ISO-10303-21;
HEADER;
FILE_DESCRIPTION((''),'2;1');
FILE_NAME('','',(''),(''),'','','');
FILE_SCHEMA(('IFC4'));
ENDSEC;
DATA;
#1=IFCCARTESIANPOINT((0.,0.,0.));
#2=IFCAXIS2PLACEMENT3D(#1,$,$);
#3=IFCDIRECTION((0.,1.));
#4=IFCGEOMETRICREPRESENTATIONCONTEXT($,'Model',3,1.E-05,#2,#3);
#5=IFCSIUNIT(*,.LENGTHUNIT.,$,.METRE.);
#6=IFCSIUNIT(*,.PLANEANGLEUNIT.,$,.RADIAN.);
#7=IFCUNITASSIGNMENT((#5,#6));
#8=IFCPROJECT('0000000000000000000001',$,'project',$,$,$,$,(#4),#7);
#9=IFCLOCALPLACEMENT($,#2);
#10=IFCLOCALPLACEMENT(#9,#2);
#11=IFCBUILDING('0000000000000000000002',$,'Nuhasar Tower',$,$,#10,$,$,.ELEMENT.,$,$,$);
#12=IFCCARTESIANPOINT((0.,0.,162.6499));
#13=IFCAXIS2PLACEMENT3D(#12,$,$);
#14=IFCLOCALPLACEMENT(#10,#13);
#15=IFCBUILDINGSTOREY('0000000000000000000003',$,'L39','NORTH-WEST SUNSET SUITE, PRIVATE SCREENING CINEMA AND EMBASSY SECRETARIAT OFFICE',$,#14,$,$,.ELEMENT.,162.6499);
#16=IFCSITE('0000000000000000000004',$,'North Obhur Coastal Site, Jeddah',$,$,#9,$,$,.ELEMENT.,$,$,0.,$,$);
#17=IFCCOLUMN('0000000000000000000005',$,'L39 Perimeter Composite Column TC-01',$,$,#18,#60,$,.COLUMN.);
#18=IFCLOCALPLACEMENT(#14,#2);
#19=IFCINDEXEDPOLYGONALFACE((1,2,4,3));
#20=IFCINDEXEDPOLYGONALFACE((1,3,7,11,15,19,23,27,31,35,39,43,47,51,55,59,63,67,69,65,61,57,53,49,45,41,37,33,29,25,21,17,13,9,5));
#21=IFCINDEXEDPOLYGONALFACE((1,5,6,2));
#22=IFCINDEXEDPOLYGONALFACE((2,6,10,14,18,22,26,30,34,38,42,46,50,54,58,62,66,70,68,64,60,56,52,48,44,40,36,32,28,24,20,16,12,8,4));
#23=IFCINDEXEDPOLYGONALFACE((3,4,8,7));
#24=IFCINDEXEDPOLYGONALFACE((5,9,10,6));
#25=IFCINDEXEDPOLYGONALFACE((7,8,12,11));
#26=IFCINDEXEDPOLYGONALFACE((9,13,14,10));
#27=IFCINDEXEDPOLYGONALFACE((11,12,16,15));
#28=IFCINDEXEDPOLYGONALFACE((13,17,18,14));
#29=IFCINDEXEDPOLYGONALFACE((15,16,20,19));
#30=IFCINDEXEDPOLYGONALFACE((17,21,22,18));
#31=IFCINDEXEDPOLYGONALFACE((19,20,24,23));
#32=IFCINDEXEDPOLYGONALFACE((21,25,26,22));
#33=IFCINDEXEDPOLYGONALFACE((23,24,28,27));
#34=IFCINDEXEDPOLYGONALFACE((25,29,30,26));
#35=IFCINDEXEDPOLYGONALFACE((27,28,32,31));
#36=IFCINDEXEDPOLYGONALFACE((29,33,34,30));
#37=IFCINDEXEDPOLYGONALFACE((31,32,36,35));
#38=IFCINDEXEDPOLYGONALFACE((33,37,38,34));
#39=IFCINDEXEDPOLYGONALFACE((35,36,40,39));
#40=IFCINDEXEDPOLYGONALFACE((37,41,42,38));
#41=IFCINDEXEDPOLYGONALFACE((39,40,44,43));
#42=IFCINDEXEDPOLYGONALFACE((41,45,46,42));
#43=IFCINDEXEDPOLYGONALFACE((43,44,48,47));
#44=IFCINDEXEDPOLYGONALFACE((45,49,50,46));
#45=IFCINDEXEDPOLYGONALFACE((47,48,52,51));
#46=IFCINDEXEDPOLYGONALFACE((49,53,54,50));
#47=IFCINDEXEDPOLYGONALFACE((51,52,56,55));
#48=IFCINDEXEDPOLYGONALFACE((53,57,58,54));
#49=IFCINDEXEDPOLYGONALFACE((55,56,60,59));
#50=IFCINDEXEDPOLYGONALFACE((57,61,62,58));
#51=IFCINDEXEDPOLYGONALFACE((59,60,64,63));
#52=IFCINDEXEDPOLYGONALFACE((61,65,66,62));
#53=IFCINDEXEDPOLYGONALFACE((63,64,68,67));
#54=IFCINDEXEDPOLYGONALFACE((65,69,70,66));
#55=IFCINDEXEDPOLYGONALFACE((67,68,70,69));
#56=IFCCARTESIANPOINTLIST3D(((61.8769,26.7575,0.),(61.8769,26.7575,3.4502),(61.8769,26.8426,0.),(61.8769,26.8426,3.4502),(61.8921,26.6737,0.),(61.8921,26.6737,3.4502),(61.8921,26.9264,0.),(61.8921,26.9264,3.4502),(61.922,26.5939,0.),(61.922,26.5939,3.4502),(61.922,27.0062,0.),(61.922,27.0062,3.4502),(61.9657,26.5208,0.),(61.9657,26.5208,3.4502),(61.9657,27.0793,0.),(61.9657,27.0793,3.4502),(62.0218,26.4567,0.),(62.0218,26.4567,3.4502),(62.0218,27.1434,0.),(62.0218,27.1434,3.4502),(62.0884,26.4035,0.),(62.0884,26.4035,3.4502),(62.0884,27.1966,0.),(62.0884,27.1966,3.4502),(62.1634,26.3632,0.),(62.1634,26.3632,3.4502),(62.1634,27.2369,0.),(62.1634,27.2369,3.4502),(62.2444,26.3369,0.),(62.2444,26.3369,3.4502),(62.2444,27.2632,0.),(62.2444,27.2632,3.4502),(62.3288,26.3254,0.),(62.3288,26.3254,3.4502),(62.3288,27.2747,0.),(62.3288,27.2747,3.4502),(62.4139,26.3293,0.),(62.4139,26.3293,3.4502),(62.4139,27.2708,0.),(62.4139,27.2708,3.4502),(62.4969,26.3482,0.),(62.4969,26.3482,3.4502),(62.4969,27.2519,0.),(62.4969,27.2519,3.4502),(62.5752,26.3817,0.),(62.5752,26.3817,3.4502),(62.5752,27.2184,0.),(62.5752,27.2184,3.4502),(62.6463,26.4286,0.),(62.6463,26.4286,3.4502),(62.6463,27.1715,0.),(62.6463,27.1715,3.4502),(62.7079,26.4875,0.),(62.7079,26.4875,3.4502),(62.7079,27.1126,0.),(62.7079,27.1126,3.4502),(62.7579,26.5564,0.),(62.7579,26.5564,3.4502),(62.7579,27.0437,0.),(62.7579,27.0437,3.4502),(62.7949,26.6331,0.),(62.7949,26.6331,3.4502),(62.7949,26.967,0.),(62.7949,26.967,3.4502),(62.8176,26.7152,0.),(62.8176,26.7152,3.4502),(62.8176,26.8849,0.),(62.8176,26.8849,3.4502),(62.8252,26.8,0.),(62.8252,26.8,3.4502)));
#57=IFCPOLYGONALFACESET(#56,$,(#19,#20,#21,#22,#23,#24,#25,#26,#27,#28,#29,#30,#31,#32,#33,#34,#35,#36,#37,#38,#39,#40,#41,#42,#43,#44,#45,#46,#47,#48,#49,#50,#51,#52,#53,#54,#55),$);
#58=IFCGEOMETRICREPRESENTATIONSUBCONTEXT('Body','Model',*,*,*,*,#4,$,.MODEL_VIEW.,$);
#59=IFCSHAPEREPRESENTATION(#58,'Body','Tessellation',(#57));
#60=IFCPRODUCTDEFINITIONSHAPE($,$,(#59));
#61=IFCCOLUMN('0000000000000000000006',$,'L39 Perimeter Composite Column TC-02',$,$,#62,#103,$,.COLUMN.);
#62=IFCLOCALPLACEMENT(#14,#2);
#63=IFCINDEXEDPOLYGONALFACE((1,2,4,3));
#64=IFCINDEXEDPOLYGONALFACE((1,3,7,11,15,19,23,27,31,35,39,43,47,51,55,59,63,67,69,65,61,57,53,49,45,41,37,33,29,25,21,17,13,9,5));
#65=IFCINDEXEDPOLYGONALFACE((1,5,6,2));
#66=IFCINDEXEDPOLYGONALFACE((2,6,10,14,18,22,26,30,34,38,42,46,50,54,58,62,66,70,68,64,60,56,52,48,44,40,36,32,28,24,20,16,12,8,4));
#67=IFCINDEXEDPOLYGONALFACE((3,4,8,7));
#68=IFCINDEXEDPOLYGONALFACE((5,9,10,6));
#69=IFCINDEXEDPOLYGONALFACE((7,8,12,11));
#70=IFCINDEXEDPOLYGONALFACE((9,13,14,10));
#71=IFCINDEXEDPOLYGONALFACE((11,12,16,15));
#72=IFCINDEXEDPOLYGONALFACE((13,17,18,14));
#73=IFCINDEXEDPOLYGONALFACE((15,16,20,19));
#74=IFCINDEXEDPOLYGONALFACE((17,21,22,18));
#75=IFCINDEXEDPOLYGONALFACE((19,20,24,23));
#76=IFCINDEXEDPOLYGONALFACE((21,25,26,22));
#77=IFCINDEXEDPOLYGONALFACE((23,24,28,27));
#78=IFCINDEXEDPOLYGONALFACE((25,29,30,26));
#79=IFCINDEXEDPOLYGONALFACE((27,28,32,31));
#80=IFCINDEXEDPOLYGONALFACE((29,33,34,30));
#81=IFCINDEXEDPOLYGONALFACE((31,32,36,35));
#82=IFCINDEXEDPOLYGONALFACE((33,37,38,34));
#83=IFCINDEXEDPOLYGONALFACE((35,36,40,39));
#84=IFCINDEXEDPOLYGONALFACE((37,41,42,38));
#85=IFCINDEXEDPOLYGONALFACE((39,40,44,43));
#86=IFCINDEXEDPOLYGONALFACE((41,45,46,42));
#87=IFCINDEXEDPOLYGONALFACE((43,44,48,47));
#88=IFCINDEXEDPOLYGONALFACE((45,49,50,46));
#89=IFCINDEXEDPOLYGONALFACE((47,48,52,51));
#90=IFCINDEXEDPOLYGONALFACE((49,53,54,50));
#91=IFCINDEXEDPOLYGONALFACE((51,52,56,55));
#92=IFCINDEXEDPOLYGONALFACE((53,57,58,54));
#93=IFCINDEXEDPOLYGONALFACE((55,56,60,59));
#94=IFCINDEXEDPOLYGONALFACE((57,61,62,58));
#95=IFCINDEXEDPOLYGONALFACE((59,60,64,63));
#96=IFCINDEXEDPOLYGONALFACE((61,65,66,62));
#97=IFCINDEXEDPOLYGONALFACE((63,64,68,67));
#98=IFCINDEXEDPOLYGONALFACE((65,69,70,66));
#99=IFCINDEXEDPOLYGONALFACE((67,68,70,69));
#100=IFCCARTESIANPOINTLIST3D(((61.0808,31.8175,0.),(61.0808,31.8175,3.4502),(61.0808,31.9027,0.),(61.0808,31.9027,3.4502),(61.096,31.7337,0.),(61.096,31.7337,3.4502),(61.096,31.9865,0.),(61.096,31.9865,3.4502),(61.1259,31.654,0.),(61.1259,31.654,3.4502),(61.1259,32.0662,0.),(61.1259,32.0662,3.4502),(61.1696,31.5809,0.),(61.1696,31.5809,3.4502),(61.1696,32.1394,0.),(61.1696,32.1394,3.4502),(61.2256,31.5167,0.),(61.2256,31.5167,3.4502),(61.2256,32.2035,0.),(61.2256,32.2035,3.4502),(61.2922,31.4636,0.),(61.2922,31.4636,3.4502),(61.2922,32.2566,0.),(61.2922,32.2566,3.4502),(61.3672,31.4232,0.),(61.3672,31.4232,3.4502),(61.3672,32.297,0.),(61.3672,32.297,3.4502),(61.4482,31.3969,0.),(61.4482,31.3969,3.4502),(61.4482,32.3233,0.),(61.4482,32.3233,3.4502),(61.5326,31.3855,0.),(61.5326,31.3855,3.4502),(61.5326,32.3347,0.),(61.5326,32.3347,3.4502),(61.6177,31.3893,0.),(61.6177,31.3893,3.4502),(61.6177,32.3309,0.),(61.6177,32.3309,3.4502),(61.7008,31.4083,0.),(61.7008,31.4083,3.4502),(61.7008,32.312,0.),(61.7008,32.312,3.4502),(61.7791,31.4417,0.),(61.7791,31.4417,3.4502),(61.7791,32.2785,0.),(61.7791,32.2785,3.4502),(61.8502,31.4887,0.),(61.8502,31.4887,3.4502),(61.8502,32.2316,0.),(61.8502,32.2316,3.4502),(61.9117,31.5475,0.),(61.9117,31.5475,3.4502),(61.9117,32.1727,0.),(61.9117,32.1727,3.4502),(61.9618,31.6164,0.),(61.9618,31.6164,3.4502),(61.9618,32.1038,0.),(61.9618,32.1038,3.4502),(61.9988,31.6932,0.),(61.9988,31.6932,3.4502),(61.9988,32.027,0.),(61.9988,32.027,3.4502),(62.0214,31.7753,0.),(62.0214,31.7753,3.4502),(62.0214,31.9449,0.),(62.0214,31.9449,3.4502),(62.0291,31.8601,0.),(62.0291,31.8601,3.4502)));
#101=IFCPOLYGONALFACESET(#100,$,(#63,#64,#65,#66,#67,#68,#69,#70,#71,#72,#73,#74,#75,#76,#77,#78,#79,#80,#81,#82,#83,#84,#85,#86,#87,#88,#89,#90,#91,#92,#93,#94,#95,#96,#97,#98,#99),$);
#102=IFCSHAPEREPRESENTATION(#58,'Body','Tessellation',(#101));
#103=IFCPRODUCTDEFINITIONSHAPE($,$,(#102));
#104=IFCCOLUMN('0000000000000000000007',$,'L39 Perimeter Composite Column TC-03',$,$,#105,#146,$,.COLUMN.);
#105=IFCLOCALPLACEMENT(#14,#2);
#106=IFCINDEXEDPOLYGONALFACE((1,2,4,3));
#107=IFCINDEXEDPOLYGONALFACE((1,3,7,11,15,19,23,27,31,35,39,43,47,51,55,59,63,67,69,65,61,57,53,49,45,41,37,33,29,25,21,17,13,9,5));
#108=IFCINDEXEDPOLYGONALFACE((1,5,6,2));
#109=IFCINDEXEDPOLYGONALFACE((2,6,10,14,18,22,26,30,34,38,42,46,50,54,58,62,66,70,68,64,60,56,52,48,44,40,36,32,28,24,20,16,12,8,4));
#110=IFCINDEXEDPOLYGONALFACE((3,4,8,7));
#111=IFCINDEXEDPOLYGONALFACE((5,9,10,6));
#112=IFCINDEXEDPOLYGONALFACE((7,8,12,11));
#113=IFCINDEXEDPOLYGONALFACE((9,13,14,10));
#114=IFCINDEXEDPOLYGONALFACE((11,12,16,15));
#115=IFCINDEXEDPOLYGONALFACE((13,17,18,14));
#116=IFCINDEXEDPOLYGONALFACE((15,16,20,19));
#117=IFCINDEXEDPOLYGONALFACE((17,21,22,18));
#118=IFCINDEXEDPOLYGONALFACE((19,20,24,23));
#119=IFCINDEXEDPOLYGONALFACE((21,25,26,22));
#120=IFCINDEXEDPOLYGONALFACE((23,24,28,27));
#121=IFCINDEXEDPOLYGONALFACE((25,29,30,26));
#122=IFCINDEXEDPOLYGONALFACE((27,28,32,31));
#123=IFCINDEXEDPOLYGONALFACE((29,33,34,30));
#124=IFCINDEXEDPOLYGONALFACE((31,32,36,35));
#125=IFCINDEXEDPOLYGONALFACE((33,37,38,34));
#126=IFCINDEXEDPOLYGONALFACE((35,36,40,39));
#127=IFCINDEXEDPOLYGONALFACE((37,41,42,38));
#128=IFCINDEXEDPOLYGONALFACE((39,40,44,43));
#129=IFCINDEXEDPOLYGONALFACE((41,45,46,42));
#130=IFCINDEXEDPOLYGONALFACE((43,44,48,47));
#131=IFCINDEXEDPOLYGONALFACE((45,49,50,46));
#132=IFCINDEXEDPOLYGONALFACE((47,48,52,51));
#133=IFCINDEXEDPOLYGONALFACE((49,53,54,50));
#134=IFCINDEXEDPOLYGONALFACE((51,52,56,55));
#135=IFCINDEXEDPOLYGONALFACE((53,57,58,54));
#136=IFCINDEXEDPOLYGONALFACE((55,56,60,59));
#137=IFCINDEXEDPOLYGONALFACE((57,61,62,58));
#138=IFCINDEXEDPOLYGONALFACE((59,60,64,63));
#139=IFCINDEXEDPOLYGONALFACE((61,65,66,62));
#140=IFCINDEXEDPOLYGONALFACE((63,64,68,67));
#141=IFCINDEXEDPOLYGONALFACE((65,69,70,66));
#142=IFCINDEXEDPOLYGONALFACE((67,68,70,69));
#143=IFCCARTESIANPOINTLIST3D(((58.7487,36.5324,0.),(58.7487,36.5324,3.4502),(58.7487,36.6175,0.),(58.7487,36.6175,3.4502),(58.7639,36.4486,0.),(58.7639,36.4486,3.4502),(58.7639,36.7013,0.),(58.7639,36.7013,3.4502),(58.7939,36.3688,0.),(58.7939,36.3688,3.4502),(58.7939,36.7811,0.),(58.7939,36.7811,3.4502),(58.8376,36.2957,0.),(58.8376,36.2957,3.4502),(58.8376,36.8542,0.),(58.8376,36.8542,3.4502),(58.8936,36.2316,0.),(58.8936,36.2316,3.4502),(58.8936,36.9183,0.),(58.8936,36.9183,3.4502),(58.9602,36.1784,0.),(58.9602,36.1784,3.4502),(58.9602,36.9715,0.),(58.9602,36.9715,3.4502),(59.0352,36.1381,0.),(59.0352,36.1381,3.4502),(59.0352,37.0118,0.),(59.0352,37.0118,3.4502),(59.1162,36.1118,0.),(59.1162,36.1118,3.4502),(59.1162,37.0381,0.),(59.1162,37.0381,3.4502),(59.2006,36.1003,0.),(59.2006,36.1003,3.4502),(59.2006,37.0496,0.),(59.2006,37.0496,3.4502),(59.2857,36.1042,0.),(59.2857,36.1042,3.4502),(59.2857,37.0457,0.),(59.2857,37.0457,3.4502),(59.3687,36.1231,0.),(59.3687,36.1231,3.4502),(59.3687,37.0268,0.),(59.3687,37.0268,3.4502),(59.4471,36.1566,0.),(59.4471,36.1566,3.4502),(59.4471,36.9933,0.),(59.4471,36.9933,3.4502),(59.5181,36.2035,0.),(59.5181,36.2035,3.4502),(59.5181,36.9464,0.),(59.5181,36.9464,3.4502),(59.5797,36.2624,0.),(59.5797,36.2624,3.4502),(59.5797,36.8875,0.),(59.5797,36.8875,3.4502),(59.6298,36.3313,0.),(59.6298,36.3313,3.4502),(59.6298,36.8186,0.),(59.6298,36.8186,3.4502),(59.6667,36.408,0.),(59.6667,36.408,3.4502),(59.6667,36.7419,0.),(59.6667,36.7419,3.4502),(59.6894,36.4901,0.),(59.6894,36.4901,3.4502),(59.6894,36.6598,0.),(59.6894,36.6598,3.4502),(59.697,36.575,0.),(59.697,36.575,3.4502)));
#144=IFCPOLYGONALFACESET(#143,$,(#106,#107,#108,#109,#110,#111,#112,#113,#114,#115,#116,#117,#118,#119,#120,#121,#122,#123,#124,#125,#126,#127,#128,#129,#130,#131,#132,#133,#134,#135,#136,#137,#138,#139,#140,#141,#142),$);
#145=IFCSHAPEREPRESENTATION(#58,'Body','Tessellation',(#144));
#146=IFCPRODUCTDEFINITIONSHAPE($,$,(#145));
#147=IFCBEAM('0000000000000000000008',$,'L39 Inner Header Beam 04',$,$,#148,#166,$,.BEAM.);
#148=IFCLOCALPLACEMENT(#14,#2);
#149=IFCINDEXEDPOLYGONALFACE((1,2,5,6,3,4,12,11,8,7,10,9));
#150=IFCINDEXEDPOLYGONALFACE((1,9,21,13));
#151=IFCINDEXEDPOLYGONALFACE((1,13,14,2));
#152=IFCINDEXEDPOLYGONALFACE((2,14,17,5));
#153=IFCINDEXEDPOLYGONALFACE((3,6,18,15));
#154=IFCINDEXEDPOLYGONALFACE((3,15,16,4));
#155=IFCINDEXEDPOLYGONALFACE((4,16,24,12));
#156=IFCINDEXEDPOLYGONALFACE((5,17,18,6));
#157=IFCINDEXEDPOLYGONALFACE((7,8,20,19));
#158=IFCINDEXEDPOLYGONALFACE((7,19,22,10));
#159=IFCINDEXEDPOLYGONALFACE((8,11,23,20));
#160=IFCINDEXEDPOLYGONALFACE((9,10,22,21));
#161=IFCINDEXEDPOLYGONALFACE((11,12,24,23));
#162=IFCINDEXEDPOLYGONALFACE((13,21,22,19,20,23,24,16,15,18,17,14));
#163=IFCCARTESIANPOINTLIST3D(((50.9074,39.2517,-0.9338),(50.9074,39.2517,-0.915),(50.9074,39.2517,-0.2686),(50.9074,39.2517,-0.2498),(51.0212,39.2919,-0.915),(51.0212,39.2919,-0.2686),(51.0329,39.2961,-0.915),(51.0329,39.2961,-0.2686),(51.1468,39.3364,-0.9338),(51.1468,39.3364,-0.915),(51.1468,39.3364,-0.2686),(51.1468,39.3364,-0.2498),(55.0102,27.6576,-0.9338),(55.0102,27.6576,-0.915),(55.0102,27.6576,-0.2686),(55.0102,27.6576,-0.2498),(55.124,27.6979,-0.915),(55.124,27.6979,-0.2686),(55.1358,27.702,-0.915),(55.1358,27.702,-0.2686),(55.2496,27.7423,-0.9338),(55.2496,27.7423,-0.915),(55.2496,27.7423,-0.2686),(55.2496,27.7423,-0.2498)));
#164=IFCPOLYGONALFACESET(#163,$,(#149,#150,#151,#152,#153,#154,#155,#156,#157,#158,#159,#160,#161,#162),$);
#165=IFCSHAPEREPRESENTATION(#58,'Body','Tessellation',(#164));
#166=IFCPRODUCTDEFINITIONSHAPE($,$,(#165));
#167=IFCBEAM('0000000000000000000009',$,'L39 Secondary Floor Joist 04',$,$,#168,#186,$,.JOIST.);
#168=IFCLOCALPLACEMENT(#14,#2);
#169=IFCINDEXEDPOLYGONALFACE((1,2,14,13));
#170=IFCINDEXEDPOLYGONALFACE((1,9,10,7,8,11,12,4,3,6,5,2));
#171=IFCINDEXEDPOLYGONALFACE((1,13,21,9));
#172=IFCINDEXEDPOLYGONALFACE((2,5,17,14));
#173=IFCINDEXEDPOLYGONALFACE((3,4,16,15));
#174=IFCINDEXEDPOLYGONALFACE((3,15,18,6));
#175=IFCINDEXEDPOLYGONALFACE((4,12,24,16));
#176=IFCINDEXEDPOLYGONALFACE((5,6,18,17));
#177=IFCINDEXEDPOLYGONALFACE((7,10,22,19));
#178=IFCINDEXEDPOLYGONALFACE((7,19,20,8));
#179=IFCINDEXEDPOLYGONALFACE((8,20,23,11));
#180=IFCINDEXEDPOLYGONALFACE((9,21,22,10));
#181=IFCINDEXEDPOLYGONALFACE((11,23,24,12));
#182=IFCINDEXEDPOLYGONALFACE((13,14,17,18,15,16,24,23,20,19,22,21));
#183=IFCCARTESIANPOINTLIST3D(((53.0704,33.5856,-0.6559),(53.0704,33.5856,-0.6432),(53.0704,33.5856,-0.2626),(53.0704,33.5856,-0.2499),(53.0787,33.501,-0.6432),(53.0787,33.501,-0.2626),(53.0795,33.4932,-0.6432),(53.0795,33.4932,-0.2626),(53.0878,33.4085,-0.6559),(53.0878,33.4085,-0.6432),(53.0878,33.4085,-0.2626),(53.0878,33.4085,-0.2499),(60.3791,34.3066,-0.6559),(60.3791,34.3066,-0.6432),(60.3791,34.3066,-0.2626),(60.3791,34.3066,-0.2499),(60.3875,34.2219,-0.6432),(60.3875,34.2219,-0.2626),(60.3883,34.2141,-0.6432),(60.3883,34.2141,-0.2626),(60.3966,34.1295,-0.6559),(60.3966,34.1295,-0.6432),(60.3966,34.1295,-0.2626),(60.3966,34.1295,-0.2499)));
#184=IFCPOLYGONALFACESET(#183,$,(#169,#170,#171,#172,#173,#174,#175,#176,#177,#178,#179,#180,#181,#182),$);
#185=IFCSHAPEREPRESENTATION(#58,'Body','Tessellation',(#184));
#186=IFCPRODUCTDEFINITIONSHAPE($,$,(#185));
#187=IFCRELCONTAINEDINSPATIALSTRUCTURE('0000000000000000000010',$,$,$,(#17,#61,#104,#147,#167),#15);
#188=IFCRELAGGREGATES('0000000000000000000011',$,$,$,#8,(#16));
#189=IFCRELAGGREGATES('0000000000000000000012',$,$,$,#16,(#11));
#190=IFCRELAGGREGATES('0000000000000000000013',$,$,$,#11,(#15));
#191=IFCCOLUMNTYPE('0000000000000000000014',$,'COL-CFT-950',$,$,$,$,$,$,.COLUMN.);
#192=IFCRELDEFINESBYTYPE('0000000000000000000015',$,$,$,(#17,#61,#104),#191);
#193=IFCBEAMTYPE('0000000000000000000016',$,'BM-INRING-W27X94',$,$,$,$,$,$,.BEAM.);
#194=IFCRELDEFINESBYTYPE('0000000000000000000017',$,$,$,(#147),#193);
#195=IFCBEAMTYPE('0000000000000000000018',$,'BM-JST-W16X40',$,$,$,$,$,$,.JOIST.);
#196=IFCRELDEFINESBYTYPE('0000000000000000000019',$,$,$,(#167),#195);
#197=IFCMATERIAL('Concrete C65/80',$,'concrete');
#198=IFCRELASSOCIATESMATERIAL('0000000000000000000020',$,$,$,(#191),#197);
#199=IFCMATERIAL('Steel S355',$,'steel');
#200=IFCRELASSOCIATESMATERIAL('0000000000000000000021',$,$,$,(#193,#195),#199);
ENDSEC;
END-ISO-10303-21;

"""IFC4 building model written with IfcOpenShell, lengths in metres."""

from ifc_helpers import new_model, si_unit, direction, frame, origin, origin_2d, place, context, subcontext, project, spatial, circle, i_section, extrude, material, material_profile, profile_set, type_object, element, save


model = new_model("IFC4")

# Units and contexts
model_context = context("Model", 3, precision=1e-05, world=origin(), true_north=direction((0.0, 1.0)))
body_context = subcontext(model_context, "Body", "Model", "MODEL_VIEW")
ifc_project = project(units=[si_unit("LENGTHUNIT", "METRE"), si_unit("PLANEANGLEUNIT", "RADIAN")], contexts=[model_context])

# Site, building, storey
site_placement = place(None, origin())
site = spatial("IfcSite", under=ifc_project, at=site_placement, Name="North Obhur Coastal Site, Jeddah", CompositionType="ELEMENT", RefElevation=0.0)
building_placement = place(site_placement, origin())
building = spatial("IfcBuilding", under=site, at=building_placement, Name="Nuhasar Tower", CompositionType="ELEMENT")
storey_placement = place(building_placement, frame((0.0, 0.0, 162.6499)))
storey = spatial("IfcBuildingStorey", under=building, at=storey_placement, Name="L39", Description="NORTH-WEST SUNSET SUITE, PRIVATE SCREENING CINEMA AND EMBASSY SECRETARIAT OFFICE", CompositionType="ELEMENT", Elevation=162.6499)

# Columns
ifc_material_1 = material(Name="Concrete C65/80", Category="concrete")
ifc_material_profile_1 = material_profile(ifc_material_1, circle(Radius=0.4751, at=origin_2d()), Name="CFT950")
ifc_profile_set_1 = profile_set([ifc_material_profile_1], Name="Concrete C65/80")
column_type = type_object("IfcColumnType", Name="COL-CFT-950", PredefinedType="COLUMN", material=ifc_profile_set_1)
for number, where, z_axis, x_axis, name in (
    (1, (62.3501, 26.8, 0.0), (0.0, 0.0, 1.0), (1.0, 0.0, 0.0), "L39 Perimeter Composite Column TC-01"),
    (2, (61.554, 31.8601, 0.0), (0.0, 0.0, 1.0), (1.0, 0.0, 0.0), "L39 Perimeter Composite Column TC-02"),
    (3, (59.2219, 36.575, 0.0), (0.0, 0.0, 1.0), (1.0, 0.0, 0.0), "L39 Perimeter Composite Column TC-03"),
):
    element("IfcColumn", number, at=place(storey_placement, frame(where, z_axis=z_axis, x_axis=x_axis)), inside=storey, type_object=column_type, Name=name, PredefinedType="COLUMN", context=body_context, shape_type="SweptSolid", body=[
        extrude(circle(Radius=0.4751, at=origin_2d()), origin(), (0.0, 0.0, 1.0), 3.4502),
    ])

# Beams
ifc_material_2 = material(Name="Steel S355", Category="steel")
ifc_material_profile_2 = material_profile(ifc_material_2, i_section(OverallWidth=0.2539, OverallDepth=0.6841, WebThickness=0.0125, FlangeThickness=0.0188, at=origin_2d()), Name="W27X94")
ifc_profile_set_2 = profile_set([ifc_material_profile_2], Name="Steel S355")
beam_type_1 = type_object("IfcBeamType", Name="BM-INRING-W27X94", PredefinedType="BEAM", material=ifc_profile_set_2)
beam_1_placement = place(storey_placement, frame((55.1299, 27.7, -0.5918), z_axis=(-0.3336, 0.942715, 0.0), x_axis=(-0.942715, -0.3336, 0.0)))
element("IfcBeam", 4, at=beam_1_placement, inside=storey, type_object=beam_type_1, Name="L39 Inner Header Beam 04", PredefinedType="BEAM", context=body_context, shape_type="SweptSolid", body=[
    extrude(i_section(OverallWidth=0.2539, OverallDepth=0.6841, WebThickness=0.0125, FlangeThickness=0.0188, at=origin_2d()), origin(), (0.0, 0.0, 1.0), 12.2986),
])
ifc_material_profile_3 = material_profile(ifc_material_2, i_section(OverallWidth=0.178, OverallDepth=0.406, WebThickness=0.0078, FlangeThickness=0.0127, at=origin_2d()), Name="W16X40")
ifc_profile_set_3 = profile_set([ifc_material_profile_3], Name="Steel S355")
beam_type_2 = type_object("IfcBeamType", Name="BM-JST-W16X40", PredefinedType="JOIST", material=ifc_profile_set_3)
beam_2_placement = place(storey_placement, frame((53.0791, 33.4971, -0.4529), z_axis=(0.99517, 0.098164, 0.0), x_axis=(-0.098164, 0.99517, 0.0)))
element("IfcBeam", 5, at=beam_2_placement, inside=storey, type_object=beam_type_2, Name="L39 Secondary Floor Joist 04", PredefinedType="JOIST", context=body_context, shape_type="SweptSolid", body=[
    extrude(i_section(OverallWidth=0.178, OverallDepth=0.406, WebThickness=0.0078, FlangeThickness=0.0127, at=origin_2d()), origin(), (0.0, 0.0, 1.0), 7.3442),
])

save(model, "model.ifc")
